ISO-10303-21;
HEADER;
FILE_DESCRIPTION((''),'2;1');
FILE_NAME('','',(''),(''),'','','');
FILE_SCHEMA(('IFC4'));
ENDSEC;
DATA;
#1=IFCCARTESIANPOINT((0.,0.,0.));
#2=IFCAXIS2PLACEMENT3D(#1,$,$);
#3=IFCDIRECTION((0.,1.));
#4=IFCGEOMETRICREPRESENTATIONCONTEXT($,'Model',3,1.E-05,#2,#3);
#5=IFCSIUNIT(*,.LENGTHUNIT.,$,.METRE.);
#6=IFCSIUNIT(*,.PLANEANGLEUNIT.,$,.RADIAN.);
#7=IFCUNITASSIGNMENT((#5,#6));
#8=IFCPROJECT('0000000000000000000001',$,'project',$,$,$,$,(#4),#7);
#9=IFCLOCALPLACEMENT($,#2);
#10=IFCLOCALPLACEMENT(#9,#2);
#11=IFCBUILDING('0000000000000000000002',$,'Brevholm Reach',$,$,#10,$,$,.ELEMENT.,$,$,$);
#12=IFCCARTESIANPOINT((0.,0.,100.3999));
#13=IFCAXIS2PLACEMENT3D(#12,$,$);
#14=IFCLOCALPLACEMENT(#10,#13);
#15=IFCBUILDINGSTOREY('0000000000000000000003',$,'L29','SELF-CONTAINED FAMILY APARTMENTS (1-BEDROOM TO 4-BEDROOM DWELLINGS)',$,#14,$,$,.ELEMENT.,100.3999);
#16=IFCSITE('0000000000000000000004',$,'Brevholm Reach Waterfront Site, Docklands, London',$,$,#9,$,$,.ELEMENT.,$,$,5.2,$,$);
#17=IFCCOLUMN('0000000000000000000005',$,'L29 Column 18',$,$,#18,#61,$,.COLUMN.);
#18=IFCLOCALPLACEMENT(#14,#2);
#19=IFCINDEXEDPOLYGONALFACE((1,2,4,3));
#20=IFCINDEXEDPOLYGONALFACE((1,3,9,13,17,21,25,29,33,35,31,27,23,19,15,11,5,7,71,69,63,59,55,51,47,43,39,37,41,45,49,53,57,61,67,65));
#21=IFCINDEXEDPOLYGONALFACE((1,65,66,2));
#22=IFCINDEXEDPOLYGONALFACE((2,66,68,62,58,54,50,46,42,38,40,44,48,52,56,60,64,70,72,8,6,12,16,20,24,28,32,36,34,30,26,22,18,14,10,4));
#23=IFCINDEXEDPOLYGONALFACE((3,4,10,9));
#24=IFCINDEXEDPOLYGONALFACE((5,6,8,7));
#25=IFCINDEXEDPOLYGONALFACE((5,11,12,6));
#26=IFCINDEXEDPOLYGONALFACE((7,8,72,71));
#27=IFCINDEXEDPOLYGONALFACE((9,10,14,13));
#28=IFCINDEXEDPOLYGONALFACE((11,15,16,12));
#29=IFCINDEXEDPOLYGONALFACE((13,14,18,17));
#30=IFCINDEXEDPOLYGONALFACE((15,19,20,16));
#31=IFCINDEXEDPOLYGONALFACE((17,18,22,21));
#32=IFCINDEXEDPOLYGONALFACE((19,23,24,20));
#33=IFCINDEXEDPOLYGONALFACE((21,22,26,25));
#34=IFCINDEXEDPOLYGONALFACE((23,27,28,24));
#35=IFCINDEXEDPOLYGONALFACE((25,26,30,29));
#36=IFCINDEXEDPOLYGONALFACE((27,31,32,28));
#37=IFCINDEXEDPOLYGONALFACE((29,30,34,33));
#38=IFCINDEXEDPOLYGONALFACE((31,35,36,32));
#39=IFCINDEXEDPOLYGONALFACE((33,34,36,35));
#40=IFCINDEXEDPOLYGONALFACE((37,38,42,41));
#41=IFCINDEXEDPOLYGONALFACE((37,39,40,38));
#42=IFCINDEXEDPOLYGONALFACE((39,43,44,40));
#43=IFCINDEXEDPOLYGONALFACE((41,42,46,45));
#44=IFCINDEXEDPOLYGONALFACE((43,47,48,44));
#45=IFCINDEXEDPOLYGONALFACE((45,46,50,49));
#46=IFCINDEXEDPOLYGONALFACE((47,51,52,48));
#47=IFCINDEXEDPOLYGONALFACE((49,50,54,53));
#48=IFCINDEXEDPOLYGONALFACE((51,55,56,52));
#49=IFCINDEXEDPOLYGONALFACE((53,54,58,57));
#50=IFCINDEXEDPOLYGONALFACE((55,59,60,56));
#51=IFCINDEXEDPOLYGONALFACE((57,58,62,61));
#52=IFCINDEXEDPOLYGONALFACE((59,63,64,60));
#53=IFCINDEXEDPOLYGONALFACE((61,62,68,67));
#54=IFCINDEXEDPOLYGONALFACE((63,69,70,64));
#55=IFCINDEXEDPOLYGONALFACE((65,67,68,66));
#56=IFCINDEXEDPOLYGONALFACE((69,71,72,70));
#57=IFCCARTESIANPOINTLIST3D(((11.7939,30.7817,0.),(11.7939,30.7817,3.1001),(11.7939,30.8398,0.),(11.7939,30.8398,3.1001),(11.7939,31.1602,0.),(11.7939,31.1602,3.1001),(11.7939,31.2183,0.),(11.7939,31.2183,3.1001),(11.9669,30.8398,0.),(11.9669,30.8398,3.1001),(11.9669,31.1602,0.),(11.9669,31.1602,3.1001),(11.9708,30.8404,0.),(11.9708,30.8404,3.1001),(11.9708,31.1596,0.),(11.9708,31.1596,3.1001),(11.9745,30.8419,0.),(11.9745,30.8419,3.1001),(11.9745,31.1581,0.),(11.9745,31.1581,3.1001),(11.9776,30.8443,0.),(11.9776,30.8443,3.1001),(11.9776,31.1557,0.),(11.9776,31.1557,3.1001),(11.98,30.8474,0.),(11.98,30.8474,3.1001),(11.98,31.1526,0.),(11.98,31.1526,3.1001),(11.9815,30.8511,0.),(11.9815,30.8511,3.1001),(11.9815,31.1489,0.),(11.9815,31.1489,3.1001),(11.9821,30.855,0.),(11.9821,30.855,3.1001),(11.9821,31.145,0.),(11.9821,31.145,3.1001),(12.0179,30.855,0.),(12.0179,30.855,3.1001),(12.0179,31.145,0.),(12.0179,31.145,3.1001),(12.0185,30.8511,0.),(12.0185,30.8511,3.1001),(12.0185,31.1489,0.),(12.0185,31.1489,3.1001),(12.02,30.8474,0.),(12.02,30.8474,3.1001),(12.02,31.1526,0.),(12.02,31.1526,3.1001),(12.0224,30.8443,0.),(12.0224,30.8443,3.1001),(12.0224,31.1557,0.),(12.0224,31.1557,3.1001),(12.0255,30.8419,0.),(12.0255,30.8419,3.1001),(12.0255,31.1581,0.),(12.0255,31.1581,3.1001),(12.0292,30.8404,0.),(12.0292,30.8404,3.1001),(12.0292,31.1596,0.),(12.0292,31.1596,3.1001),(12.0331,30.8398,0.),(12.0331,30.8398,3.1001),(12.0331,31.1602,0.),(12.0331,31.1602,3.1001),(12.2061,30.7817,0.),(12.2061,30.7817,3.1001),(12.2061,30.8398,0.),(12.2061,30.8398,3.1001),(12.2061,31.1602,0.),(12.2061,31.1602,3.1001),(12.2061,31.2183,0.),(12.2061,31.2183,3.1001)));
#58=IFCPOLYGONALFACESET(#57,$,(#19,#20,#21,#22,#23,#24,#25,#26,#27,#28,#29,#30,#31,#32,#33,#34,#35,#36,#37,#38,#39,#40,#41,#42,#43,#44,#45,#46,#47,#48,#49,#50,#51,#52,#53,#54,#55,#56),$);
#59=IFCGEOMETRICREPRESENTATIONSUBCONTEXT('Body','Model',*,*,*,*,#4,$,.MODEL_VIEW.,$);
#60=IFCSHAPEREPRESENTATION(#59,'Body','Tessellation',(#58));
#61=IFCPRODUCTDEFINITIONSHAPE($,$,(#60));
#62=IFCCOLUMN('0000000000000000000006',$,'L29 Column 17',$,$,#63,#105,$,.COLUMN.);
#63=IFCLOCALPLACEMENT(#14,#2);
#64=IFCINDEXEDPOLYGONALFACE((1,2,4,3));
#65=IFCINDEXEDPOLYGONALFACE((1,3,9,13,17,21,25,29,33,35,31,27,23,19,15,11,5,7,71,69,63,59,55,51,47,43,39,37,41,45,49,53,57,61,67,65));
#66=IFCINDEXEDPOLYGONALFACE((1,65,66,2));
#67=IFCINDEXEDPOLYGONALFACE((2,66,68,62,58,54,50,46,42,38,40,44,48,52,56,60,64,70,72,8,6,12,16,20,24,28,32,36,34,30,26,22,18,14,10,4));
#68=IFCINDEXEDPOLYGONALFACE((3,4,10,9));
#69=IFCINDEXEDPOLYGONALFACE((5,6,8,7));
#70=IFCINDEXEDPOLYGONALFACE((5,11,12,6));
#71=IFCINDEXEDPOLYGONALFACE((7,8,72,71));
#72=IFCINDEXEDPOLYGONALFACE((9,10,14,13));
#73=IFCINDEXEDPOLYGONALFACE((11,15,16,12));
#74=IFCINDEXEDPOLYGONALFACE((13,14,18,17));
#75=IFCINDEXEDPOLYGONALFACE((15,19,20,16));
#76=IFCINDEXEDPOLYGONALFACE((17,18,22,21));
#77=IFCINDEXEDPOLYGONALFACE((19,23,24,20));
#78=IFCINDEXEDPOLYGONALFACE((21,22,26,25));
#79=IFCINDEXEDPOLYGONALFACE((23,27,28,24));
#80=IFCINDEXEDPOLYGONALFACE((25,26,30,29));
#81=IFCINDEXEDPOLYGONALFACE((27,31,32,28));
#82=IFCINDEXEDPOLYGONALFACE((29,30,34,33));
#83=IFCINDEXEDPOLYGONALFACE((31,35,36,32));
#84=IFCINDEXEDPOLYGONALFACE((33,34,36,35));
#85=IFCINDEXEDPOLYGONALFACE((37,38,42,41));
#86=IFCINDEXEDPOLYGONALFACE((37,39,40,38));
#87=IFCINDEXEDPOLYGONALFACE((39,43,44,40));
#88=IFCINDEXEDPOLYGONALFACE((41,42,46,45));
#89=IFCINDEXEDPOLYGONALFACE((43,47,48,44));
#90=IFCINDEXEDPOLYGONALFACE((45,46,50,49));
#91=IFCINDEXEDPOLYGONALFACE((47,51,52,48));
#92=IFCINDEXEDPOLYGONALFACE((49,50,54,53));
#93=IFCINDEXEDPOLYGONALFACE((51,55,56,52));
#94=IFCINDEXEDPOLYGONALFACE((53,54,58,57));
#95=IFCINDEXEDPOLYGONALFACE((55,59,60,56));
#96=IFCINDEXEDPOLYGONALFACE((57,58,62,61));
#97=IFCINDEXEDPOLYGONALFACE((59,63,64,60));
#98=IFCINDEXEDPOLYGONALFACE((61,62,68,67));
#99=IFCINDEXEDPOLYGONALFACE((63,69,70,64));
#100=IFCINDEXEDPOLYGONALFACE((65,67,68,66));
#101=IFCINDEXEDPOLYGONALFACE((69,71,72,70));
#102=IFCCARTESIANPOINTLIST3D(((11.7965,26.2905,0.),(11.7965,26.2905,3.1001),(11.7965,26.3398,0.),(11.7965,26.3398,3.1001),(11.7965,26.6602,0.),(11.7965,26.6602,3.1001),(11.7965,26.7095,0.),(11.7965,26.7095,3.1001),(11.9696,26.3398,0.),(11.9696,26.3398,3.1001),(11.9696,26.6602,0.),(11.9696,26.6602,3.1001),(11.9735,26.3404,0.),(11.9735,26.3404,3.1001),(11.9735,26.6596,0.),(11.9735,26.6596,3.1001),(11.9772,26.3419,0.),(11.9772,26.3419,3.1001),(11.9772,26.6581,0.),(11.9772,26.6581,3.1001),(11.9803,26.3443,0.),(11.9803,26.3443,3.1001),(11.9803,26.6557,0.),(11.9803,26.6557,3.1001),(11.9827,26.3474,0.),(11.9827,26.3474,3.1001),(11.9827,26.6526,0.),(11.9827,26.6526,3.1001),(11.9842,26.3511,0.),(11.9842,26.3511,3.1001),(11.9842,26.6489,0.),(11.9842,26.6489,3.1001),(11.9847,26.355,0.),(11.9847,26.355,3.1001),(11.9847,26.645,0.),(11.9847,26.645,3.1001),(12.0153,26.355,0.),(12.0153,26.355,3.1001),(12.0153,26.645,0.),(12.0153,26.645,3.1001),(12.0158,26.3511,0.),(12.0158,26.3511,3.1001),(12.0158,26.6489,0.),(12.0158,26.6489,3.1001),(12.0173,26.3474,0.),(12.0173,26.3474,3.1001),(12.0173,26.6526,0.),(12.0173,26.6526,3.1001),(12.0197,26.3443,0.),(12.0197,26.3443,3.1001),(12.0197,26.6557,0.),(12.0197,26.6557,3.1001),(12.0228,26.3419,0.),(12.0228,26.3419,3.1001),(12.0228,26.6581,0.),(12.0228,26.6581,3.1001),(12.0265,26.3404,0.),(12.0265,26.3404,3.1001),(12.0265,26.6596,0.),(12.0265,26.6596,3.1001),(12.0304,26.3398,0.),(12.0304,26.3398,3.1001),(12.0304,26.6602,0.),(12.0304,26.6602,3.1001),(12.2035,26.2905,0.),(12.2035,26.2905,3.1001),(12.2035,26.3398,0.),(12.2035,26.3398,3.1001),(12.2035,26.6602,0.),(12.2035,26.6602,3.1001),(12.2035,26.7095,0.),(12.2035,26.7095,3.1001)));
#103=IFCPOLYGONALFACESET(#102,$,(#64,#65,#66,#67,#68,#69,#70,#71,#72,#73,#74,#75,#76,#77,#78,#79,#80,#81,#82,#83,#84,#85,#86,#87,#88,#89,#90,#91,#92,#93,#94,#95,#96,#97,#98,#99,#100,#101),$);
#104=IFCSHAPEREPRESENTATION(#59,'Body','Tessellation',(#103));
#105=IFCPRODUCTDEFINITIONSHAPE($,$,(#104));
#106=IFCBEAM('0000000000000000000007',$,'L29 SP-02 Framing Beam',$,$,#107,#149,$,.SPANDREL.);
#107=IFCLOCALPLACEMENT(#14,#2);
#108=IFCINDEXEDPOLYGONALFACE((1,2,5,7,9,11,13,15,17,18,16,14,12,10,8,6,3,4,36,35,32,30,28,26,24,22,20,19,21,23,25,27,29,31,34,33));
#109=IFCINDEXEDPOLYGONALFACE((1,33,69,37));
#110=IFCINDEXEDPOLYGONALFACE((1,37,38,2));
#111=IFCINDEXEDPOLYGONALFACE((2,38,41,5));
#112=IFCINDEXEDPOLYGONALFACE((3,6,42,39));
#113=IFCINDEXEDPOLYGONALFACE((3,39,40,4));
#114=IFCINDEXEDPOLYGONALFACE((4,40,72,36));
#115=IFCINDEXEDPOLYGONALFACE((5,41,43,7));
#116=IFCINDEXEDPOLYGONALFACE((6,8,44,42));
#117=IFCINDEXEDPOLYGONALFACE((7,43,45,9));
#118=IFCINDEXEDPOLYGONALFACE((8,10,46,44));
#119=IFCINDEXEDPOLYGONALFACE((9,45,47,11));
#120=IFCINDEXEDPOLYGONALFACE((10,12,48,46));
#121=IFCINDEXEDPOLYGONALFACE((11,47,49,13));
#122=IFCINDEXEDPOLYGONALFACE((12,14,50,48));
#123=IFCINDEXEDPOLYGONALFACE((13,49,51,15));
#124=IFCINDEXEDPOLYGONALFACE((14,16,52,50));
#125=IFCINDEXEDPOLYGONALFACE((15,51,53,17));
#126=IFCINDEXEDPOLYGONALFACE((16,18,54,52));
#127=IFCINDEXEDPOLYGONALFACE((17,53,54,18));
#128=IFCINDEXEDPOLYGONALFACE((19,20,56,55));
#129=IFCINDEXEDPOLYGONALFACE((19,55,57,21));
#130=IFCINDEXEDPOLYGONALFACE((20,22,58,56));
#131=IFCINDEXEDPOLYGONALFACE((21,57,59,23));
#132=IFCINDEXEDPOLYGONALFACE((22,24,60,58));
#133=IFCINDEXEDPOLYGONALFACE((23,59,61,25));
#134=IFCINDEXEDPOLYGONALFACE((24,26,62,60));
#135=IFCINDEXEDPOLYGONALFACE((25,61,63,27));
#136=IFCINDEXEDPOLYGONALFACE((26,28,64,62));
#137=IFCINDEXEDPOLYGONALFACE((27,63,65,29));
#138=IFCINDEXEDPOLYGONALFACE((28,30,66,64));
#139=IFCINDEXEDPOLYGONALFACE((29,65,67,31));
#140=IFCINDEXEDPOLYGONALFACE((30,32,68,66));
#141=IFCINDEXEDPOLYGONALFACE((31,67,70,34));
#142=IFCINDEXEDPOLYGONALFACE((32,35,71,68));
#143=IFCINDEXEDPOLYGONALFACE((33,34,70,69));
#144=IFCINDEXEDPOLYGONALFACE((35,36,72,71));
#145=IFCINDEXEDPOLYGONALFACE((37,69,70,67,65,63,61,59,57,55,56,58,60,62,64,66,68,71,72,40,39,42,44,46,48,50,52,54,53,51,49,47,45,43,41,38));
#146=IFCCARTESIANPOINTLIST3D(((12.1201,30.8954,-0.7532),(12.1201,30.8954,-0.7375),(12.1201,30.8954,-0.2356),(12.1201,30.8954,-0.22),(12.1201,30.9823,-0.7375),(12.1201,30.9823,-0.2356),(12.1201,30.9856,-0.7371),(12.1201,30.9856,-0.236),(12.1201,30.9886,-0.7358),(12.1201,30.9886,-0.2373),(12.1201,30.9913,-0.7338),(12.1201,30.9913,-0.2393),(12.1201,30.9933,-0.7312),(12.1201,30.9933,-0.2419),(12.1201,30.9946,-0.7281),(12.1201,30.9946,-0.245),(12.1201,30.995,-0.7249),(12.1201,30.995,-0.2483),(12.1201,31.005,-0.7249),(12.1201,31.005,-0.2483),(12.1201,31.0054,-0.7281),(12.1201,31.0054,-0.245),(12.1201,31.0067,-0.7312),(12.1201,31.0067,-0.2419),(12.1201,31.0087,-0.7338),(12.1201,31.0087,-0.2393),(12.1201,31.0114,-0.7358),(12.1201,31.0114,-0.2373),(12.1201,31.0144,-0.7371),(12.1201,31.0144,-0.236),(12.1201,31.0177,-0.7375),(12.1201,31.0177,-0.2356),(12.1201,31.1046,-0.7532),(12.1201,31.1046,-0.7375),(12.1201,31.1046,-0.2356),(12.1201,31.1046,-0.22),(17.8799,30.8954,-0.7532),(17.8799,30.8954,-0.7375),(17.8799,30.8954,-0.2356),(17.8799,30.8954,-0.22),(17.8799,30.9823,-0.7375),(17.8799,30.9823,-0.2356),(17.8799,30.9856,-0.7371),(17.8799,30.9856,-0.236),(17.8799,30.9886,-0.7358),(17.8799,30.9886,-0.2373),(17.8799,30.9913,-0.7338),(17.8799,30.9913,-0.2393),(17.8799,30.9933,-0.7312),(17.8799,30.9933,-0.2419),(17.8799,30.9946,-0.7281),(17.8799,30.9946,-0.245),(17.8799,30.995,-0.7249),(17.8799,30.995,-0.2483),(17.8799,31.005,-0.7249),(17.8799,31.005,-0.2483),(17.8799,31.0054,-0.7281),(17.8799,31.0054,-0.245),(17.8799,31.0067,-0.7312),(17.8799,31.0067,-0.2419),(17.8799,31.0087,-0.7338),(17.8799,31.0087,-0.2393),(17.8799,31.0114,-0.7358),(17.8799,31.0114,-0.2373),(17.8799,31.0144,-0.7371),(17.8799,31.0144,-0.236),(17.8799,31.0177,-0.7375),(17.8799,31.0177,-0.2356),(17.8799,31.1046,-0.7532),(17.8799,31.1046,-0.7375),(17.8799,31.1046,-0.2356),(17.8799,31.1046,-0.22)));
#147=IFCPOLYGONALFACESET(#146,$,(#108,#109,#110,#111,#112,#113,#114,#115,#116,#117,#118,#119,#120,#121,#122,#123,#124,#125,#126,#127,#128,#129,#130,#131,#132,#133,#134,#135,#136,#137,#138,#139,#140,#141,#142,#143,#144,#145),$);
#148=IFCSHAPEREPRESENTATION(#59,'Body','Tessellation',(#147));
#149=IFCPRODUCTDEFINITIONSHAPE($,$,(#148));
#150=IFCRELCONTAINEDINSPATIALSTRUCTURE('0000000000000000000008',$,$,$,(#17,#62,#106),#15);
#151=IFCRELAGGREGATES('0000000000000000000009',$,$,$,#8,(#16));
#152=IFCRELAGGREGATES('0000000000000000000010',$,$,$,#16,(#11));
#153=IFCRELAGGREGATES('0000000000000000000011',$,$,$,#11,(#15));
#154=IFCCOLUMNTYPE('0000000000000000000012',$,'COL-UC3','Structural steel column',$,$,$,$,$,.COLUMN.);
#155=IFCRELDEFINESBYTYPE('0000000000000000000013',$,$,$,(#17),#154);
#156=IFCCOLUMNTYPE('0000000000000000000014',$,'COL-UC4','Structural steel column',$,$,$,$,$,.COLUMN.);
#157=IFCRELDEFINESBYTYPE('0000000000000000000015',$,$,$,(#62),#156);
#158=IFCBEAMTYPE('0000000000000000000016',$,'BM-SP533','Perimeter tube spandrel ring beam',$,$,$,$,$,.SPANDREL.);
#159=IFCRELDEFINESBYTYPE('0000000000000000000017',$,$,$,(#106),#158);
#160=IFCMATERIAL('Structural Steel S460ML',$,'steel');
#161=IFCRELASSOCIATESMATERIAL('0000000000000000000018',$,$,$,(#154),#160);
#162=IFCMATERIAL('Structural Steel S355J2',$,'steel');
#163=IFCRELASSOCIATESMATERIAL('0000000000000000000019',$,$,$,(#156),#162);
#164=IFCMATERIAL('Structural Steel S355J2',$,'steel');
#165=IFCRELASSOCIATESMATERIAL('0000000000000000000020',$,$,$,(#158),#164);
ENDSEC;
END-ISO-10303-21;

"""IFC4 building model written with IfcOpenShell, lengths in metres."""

from ifc_helpers import new_model, si_unit, direction, frame, origin, origin_2d, place, context, subcontext, project, spatial, i_section, extrude, material, material_profile, profile_set, type_object, element, save


model = new_model("IFC4")

# Units and contexts
model_context = context("Model", 3, precision=1e-05, world=origin(), true_north=direction((0.0, 1.0)))
body_context = subcontext(model_context, "Body", "Model", "MODEL_VIEW")
ifc_project = project(units=[si_unit("LENGTHUNIT", "METRE"), si_unit("PLANEANGLEUNIT", "RADIAN")], contexts=[model_context])

# Site, building, storey
site_placement = place(None, origin())
site = spatial("IfcSite", under=ifc_project, at=site_placement, Name="Brevholm Reach Waterfront Site, Docklands, London", CompositionType="ELEMENT", RefElevation=5.2)
building_placement = place(site_placement, origin())
building = spatial("IfcBuilding", under=site, at=building_placement, Name="Brevholm Reach", CompositionType="ELEMENT")
storey_placement = place(building_placement, frame((0.0, 0.0, 100.3999)))
storey = spatial("IfcBuildingStorey", under=building, at=storey_placement, Name="L29", Description="SELF-CONTAINED FAMILY APARTMENTS (1-BEDROOM TO 4-BEDROOM DWELLINGS)", CompositionType="ELEMENT", Elevation=100.3999)

# Columns
ifc_material_1 = material(Name="Structural Steel S460ML", Category="steel")
ifc_material_profile_1 = material_profile(ifc_material_1, i_section(OverallWidth=0.4121, OverallDepth=0.4365, WebThickness=0.0359, FlangeThickness=0.0581, FilletRadius=0.0151, at=origin_2d()), Name="UKC 356x406x467")
ifc_profile_set_1 = profile_set([ifc_material_profile_1], Name="Structural Steel S460ML")
column_type_1 = type_object("IfcColumnType", Name="COL-UC3", Description="Structural steel column", PredefinedType="COLUMN", material=ifc_profile_set_1)
column_1_placement = place(storey_placement, frame((12.0, 31.0, 0.0), z_axis=(0.0, 0.0, 1.0), x_axis=(1.0, 0.0, 0.0)))
element("IfcColumn", 1, at=column_1_placement, inside=storey, type_object=column_type_1, Name="L29 Column 18", PredefinedType="COLUMN", context=body_context, shape_type="SweptSolid", body=[
    extrude(i_section(OverallWidth=0.4121, OverallDepth=0.4365, WebThickness=0.0359, FlangeThickness=0.0581, FilletRadius=0.0151, at=origin_2d()), origin(), (0.0, 0.0, 1.0), 3.1001),
])
ifc_material_2 = material(Name="Structural Steel S355J2", Category="steel")
ifc_material_profile_2 = material_profile(ifc_material_2, i_section(OverallWidth=0.407, OverallDepth=0.4189, WebThickness=0.0305, FlangeThickness=0.0493, FilletRadius=0.0151, at=origin_2d()), Name="UKC 356x406x393")
ifc_profile_set_2 = profile_set([ifc_material_profile_2], Name="Structural Steel S355J2")
column_type_2 = type_object("IfcColumnType", Name="COL-UC4", Description="Structural steel column", PredefinedType="COLUMN", material=ifc_profile_set_2)
column_2_placement = place(storey_placement, frame((12.0, 26.5, 0.0), z_axis=(0.0, 0.0, 1.0), x_axis=(1.0, 0.0, 0.0)))
element("IfcColumn", 2, at=column_2_placement, inside=storey, type_object=column_type_2, Name="L29 Column 17", PredefinedType="COLUMN", context=body_context, shape_type="SweptSolid", body=[
    extrude(i_section(OverallWidth=0.407, OverallDepth=0.4189, WebThickness=0.0305, FlangeThickness=0.0493, FilletRadius=0.0151, at=origin_2d()), origin(), (0.0, 0.0, 1.0), 3.1001),
])

# Beam
ifc_material_3 = material(Name="Structural Steel S355J2", Category="steel")
ifc_material_profile_3 = material_profile(ifc_material_3, i_section(OverallWidth=0.2092, OverallDepth=0.5332, WebThickness=0.01, FlangeThickness=0.0156, FilletRadius=0.0127, at=origin_2d()), Name="UKB 533x210x92")
ifc_profile_set_3 = profile_set([ifc_material_profile_3], Name="Structural Steel S355J2")
beam_type_1 = type_object("IfcBeamType", Name="BM-SP533", Description="Perimeter tube spandrel ring beam", PredefinedType="SPANDREL", material=ifc_profile_set_3)
beam_1_placement = place(storey_placement, frame((12.1201, 31.0, -0.4866), z_axis=(1.0, 0.0, 0.0), x_axis=(0.0, 1.0, 0.0)))
element("IfcBeam", 3, at=beam_1_placement, inside=storey, type_object=beam_type_1, Name="L29 SP-02 Framing Beam", PredefinedType="SPANDREL", context=body_context, shape_type="SweptSolid", body=[
    extrude(i_section(OverallWidth=0.2092, OverallDepth=0.5332, WebThickness=0.01, FlangeThickness=0.0156, FilletRadius=0.0127, at=origin_2d()), origin(), (0.0, 0.0, 1.0), 5.7598),
])

save(model, "model.ifc")
